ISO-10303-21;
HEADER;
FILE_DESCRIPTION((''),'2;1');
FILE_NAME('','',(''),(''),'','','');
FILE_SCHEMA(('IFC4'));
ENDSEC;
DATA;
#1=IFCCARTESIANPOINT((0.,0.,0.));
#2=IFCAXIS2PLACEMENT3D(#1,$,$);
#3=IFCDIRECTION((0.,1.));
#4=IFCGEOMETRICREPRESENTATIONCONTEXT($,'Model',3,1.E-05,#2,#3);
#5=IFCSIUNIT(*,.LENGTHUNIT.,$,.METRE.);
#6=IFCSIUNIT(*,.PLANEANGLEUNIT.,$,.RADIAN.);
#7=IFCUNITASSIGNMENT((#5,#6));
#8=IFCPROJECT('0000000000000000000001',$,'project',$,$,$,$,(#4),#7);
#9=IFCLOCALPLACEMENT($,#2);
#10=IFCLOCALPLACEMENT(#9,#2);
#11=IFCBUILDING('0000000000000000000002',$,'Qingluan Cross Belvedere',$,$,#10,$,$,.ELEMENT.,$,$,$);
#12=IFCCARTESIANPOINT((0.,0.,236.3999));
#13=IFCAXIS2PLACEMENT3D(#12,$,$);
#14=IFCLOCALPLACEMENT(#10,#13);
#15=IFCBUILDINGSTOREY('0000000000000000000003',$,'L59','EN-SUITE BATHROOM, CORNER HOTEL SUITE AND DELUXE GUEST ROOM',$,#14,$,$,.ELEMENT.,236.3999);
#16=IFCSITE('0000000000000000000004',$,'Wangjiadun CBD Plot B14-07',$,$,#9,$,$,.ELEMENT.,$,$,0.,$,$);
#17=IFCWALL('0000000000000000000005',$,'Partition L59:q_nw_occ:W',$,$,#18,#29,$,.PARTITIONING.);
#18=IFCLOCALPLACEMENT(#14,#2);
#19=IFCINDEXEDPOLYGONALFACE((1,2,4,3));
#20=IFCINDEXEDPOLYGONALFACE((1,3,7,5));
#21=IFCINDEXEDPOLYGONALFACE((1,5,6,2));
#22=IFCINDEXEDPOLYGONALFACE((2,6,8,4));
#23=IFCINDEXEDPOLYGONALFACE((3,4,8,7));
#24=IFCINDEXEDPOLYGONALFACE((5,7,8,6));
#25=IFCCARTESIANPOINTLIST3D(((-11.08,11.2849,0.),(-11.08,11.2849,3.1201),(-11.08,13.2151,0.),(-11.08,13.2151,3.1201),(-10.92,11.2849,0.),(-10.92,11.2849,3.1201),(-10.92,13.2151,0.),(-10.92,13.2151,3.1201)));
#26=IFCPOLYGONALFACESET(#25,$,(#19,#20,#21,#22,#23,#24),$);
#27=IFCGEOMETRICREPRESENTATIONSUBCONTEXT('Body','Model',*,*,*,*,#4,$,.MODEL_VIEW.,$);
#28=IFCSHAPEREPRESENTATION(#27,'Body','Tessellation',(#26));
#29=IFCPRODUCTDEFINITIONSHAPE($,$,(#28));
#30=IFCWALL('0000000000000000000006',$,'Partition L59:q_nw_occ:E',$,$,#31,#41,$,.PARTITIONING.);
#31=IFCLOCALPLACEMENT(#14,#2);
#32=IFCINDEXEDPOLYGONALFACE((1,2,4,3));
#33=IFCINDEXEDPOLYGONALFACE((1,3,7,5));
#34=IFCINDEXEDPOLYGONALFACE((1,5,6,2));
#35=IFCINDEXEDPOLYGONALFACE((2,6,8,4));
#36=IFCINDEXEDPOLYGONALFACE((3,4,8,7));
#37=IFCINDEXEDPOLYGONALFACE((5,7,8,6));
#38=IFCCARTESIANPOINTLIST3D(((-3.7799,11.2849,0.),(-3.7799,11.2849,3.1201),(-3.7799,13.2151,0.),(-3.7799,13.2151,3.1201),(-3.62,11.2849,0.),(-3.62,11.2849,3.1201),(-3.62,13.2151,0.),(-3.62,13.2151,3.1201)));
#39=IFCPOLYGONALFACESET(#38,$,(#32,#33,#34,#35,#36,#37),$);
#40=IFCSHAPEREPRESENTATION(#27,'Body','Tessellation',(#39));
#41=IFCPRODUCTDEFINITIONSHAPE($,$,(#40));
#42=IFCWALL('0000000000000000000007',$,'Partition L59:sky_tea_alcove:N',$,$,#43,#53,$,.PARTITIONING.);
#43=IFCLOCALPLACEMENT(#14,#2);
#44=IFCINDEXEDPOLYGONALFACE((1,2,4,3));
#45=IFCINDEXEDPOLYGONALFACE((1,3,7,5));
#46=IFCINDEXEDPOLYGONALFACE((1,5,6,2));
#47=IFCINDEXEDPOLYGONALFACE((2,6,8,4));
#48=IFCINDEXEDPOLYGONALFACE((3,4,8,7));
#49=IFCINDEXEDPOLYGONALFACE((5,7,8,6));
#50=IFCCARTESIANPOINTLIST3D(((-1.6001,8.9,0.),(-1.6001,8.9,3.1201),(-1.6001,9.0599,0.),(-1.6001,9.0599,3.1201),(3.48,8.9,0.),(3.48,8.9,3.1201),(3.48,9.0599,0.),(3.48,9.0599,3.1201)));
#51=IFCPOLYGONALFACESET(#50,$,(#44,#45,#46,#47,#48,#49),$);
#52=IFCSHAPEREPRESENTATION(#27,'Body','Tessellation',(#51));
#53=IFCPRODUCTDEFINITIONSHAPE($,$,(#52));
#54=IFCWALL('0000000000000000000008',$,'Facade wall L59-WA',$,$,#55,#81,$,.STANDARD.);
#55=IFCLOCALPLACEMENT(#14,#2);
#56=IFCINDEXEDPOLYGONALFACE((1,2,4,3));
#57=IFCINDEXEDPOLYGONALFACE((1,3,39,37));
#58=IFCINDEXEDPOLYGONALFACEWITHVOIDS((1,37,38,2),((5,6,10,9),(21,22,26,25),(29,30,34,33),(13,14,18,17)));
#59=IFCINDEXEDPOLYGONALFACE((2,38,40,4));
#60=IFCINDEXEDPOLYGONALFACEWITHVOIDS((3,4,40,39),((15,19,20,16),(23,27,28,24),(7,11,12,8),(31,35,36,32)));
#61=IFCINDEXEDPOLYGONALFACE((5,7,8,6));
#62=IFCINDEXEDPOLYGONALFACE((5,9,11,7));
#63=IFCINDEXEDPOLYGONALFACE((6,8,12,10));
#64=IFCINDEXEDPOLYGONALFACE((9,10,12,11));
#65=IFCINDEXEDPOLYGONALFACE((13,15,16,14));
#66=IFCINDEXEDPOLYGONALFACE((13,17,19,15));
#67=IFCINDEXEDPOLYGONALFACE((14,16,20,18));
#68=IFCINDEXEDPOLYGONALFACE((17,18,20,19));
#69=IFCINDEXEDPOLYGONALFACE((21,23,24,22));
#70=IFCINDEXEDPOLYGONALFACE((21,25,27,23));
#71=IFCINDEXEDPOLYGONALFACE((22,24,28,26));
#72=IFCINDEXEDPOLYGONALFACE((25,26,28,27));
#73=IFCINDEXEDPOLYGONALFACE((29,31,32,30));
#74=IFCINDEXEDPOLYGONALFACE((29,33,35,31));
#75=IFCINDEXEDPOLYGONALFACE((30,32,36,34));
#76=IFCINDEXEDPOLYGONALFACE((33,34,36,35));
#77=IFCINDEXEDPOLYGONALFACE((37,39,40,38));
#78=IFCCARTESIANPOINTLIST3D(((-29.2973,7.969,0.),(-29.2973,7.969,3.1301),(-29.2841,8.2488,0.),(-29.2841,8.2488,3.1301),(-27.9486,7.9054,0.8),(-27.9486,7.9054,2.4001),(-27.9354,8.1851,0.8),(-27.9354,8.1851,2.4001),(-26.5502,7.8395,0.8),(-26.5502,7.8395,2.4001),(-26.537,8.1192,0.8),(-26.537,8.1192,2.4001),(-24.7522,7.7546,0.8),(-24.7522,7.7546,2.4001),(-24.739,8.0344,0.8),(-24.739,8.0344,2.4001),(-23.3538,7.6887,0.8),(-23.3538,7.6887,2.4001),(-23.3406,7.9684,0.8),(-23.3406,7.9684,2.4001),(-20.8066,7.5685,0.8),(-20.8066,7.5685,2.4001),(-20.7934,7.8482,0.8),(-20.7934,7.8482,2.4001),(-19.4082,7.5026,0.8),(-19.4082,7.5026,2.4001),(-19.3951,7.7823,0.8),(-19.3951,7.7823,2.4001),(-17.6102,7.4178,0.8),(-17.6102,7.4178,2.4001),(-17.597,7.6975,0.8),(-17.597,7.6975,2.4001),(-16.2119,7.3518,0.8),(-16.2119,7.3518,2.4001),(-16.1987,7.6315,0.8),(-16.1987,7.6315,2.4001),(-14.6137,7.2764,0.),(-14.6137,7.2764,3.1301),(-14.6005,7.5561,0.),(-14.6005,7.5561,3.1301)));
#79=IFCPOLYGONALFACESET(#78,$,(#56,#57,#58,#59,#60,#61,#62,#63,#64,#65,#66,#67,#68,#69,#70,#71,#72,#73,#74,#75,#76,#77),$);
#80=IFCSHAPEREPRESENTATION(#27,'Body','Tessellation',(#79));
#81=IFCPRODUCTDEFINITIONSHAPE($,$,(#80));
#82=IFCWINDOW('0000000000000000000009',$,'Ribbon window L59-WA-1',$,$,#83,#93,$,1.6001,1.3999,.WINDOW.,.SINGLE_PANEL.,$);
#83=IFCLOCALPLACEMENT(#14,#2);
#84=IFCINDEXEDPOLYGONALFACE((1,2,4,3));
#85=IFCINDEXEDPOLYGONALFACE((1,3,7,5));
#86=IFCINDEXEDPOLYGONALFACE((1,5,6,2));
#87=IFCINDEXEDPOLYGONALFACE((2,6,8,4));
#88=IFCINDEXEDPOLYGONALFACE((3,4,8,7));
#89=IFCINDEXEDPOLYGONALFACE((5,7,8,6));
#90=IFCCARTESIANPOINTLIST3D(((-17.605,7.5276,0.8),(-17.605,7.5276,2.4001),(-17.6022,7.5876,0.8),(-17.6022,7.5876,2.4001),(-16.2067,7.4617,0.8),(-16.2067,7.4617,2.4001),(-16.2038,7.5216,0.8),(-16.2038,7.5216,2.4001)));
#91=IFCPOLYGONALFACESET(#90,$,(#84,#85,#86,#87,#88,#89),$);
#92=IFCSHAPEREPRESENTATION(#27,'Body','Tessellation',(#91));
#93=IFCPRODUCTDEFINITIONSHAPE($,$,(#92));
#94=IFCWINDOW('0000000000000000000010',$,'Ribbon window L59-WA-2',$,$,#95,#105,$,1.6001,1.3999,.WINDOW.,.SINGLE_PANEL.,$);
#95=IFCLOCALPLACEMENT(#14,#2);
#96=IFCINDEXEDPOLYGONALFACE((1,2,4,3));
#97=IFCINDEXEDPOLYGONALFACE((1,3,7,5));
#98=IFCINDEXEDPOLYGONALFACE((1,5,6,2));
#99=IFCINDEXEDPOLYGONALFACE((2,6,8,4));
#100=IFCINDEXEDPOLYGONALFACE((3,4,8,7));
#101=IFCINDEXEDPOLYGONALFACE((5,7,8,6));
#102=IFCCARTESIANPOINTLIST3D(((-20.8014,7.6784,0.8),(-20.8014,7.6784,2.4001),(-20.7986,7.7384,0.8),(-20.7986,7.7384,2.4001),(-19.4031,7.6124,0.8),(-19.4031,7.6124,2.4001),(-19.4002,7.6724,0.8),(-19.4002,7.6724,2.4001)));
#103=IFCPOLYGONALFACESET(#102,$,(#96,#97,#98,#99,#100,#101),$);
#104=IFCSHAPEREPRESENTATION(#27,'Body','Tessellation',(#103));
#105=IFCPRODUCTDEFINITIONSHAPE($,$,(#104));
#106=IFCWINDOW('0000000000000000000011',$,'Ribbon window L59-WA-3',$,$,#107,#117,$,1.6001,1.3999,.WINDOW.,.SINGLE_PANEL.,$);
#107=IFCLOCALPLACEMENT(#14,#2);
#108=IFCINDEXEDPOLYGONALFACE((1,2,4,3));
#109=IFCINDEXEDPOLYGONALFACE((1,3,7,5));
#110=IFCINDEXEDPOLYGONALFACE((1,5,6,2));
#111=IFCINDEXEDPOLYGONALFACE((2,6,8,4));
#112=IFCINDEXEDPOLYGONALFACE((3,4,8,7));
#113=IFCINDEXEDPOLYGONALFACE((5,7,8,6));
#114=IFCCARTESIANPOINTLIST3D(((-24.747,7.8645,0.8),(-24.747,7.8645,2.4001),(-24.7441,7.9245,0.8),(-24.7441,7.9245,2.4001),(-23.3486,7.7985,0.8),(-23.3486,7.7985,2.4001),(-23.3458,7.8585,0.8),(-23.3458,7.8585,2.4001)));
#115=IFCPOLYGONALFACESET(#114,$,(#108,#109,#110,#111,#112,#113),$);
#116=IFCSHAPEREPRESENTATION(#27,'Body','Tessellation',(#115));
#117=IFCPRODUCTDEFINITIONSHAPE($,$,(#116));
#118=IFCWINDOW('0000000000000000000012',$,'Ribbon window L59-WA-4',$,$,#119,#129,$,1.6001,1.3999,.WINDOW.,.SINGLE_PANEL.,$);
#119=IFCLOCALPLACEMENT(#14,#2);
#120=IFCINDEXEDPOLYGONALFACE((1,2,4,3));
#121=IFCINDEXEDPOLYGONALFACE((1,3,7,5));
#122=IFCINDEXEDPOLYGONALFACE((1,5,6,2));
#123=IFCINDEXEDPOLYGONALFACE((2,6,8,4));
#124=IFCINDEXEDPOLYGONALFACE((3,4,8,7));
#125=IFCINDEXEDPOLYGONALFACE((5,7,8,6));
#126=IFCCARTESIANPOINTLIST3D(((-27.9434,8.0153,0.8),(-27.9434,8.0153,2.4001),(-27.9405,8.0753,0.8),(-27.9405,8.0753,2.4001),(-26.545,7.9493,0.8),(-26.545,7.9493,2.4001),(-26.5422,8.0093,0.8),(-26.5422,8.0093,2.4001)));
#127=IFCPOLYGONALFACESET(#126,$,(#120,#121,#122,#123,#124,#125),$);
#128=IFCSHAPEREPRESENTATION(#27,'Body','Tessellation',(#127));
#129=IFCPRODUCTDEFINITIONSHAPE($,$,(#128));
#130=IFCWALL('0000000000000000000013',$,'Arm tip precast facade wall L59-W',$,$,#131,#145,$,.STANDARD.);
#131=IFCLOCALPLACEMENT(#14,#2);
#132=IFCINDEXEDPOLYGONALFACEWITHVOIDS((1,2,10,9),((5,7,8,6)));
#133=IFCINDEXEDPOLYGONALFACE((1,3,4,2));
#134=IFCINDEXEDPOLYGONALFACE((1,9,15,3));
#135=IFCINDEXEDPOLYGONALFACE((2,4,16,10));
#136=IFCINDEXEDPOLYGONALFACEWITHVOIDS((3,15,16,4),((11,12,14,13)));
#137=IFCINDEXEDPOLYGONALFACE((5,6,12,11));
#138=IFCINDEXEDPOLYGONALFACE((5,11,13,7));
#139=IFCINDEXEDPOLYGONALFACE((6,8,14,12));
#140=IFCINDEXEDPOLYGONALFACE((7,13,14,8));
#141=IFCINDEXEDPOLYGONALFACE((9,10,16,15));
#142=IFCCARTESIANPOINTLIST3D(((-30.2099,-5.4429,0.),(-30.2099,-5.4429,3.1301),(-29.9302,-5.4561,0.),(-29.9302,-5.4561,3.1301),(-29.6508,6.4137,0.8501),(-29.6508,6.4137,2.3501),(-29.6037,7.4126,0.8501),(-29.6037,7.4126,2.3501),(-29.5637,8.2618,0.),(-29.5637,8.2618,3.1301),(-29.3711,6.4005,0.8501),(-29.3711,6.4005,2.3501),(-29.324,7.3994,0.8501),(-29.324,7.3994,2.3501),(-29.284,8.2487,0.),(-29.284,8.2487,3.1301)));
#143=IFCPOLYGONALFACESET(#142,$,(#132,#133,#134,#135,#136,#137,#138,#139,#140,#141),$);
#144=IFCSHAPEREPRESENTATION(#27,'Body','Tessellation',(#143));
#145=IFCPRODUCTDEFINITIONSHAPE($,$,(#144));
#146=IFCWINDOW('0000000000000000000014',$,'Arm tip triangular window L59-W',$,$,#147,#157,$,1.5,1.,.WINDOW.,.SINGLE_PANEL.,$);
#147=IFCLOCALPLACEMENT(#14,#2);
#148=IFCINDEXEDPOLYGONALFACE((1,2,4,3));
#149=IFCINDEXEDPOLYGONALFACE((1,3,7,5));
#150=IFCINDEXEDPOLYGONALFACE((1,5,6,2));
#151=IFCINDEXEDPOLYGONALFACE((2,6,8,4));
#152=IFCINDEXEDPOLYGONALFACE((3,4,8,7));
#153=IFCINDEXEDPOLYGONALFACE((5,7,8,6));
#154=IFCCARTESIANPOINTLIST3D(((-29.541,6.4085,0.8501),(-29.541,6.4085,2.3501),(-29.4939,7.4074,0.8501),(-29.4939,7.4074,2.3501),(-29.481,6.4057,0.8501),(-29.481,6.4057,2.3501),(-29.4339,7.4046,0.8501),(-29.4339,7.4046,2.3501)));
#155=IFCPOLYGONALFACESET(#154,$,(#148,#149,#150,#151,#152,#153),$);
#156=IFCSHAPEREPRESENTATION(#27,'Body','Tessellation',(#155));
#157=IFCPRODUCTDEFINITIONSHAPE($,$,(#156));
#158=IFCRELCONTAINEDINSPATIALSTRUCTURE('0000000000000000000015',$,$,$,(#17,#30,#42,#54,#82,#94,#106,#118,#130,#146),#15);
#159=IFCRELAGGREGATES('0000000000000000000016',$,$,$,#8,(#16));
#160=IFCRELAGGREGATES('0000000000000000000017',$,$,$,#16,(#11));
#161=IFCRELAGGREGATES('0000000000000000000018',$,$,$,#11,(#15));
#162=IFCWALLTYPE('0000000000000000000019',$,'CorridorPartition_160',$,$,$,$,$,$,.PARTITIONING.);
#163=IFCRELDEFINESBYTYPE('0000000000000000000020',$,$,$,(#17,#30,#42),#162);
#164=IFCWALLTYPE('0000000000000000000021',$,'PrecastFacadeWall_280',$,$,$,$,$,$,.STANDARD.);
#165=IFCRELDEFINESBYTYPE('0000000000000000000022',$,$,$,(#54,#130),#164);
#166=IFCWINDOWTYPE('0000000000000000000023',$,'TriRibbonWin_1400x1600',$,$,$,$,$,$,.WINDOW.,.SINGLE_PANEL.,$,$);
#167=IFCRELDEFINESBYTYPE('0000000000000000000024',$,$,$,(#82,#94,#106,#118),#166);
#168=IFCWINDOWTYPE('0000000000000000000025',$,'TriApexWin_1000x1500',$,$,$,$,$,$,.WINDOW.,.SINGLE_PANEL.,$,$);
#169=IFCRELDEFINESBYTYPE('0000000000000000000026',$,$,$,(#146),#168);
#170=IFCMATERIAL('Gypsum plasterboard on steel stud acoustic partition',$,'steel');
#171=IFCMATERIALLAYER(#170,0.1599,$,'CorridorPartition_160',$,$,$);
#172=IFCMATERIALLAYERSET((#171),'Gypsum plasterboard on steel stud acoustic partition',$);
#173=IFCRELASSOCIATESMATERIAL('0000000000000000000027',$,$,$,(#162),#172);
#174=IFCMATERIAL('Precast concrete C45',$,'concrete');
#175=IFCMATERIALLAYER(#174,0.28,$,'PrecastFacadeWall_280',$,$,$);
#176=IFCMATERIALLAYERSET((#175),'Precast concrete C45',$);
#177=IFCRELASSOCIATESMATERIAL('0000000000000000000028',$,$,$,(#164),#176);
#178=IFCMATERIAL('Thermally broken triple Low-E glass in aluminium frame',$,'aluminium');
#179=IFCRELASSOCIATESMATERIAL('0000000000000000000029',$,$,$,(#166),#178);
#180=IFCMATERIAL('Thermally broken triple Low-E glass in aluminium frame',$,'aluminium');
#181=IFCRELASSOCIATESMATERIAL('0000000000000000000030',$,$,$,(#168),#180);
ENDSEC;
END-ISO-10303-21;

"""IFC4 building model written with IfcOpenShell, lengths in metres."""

from ifc_helpers import new_model, si_unit, direction, frame, frame_2d, origin, place, context, subcontext, project, spatial, rectangle, extrude, material, layer, layer_set, type_object, element, fill, save


model = new_model("IFC4")

# Units and contexts
model_context = context("Model", 3, precision=1e-05, world=origin(), true_north=direction((0.0, 1.0)))
body_context = subcontext(model_context, "Body", "Model", "MODEL_VIEW")
ifc_project = project(units=[si_unit("LENGTHUNIT", "METRE"), si_unit("PLANEANGLEUNIT", "RADIAN")], contexts=[model_context])

# Site, building, storey
site_placement = place(None, origin())
site = spatial("IfcSite", under=ifc_project, at=site_placement, Name="Wangjiadun CBD Plot B14-07", CompositionType="ELEMENT", RefElevation=0.0)
building_placement = place(site_placement, origin())
building = spatial("IfcBuilding", under=site, at=building_placement, Name="Qingluan Cross Belvedere", CompositionType="ELEMENT")
storey_placement = place(building_placement, frame((0.0, 0.0, 236.3999)))
storey = spatial("IfcBuildingStorey", under=building, at=storey_placement, Name="L59", Description="EN-SUITE BATHROOM, CORNER HOTEL SUITE AND DELUXE GUEST ROOM", CompositionType="ELEMENT", Elevation=236.3999)

# Shared definitions
ifc_material_1 = material(Name="Gypsum plasterboard on steel stud acoustic partition", Category="steel")
ifc_layer_1 = layer(ifc_material_1, 0.1599, Name="CorridorPartition_160")
ifc_layer_set_1 = layer_set([ifc_layer_1], Name="Gypsum plasterboard on steel stud acoustic partition")
wall_type_1 = type_object("IfcWallType", Name="CorridorPartition_160", PredefinedType="PARTITIONING", material=ifc_layer_set_1)

# Walls
for number, where, z_axis, x_axis, name in (
    (1, (-11.0, 11.2849, 0.0), (0.0, 0.0, 1.0), (0.0, 1.0, 0.0), "Partition L59:q_nw_occ:W"),
    (2, (-3.7, 11.2849, 0.0), (0.0, 0.0, 1.0), (0.0, 1.0, 0.0), "Partition L59:q_nw_occ:E"),
):
    element("IfcWall", number, at=place(storey_placement, frame(where, z_axis=z_axis, x_axis=x_axis)), inside=storey, type_object=wall_type_1, Name=name, PredefinedType="PARTITIONING", context=body_context, shape_type="SweptSolid", body=[
        extrude(rectangle(XDim=1.9302, YDim=0.1599, at=frame_2d((0.9651, 0.0))), origin(), (0.0, 0.0, 1.0), 3.1201),
    ])
wall_1_placement = place(storey_placement, frame((-1.6001, 8.98, 0.0), z_axis=(0.0, 0.0, 1.0), x_axis=(1.0, 0.0, 0.0)))
element("IfcWall", 3, at=wall_1_placement, inside=storey, type_object=wall_type_1, Name="Partition L59:sky_tea_alcove:N", PredefinedType="PARTITIONING", context=body_context, shape_type="SweptSolid", body=[
    extrude(rectangle(XDim=5.0801, YDim=0.1599, at=frame_2d((2.54, 0.0))), origin(), (0.0, 0.0, 1.0), 3.1201),
])

# Wall, openings, windows
ifc_material_2 = material(Name="Precast concrete C45", Category="concrete")
ifc_layer_2 = layer(ifc_material_2, 0.28, Name="PrecastFacadeWall_280")
ifc_layer_set_2 = layer_set([ifc_layer_2], Name="Precast concrete C45")
wall_type_2 = type_object("IfcWallType", Name="PrecastFacadeWall_280", PredefinedType="STANDARD", material=ifc_layer_set_2)
wall_2_placement = place(storey_placement, frame((-14.6069, 7.4163, 0.0), z_axis=(0.0, 0.0, 1.0), x_axis=(-0.998889, 0.047118, 0.0)))
wall_2 = element("IfcWall", 4, at=wall_2_placement, inside=storey, type_object=wall_type_2, Name="Facade wall L59-WA", PredefinedType="STANDARD", context=body_context, shape_type="SweptSolid", body=[
    extrude(rectangle(XDim=14.7, YDim=0.28, at=frame_2d((7.3501, 0.0))), origin(), (0.0, 0.0, 1.0), 3.1301),
])
opening_1_placement = place(wall_2_placement, frame((1.6001, 0.0, 0.8)))
opening_1 = element("IfcOpeningElement", 5, at=opening_1_placement, cuts=wall_2, PredefinedType="OPENING", context=body_context, shape_type="SweptSolid", body=[
    extrude(rectangle(XDim=1.3999, YDim=1.6001, at=frame_2d((0.7, 0.8))), frame((0.0, 0.1499, 0.0), z_axis=(0.0, -1.0, 0.0), x_axis=(1.0, 0.0, 0.0)), (0.0, 0.0, 1.0), 0.3),
])
opening_2_placement = place(wall_2_placement, frame((4.8, 0.0, 0.8)))
opening_2 = element("IfcOpeningElement", 6, at=opening_2_placement, cuts=wall_2, PredefinedType="OPENING", context=body_context, shape_type="SweptSolid", body=[
    extrude(rectangle(XDim=1.3999, YDim=1.6001, at=frame_2d((0.7, 0.8))), frame((0.0, 0.1499, 0.0), z_axis=(0.0, -1.0, 0.0), x_axis=(1.0, 0.0, 0.0)), (0.0, 0.0, 1.0), 0.3),
])
opening_3_placement = place(wall_2_placement, frame((8.75, 0.0, 0.8)))
opening_3 = element("IfcOpeningElement", 7, at=opening_3_placement, cuts=wall_2, PredefinedType="OPENING", context=body_context, shape_type="SweptSolid", body=[
    extrude(rectangle(XDim=1.3999, YDim=1.6001, at=frame_2d((0.7, 0.8))), frame((0.0, 0.1499, 0.0), z_axis=(0.0, -1.0, 0.0), x_axis=(1.0, 0.0, 0.0)), (0.0, 0.0, 1.0), 0.3),
])
opening_4_placement = place(wall_2_placement, frame((11.95, 0.0, 0.8)))
opening_4 = element("IfcOpeningElement", 8, at=opening_4_placement, cuts=wall_2, PredefinedType="OPENING", context=body_context, shape_type="SweptSolid", body=[
    extrude(rectangle(XDim=1.3999, YDim=1.6001, at=frame_2d((0.7, 0.8))), frame((0.0, 0.1499, 0.0), z_axis=(0.0, -1.0, 0.0), x_axis=(1.0, 0.0, 0.0)), (0.0, 0.0, 1.0), 0.3),
])
ifc_material_3 = material(Name="Thermally broken triple Low-E glass in aluminium frame", Category="aluminium")
window_type_1 = type_object("IfcWindowType", Name="TriRibbonWin_1400x1600", PartitioningType="SINGLE_PANEL", PredefinedType="WINDOW", material=ifc_material_3)
window_1_placement = place(opening_1_placement, origin())
window_1 = element("IfcWindow", 9, at=window_1_placement, inside=storey, type_object=window_type_1, Name="Ribbon window L59-WA-1", OverallHeight=1.6001, OverallWidth=1.3999, PartitioningType="SINGLE_PANEL", PredefinedType="WINDOW", context=body_context, shape_type="SweptSolid", body=[
    extrude(rectangle(XDim=1.3999, YDim=1.6001, at=frame_2d((0.7, 0.8))), frame((0.0, 0.03, 0.0), z_axis=(0.0, -1.0, 0.0), x_axis=(1.0, 0.0, 0.0)), (0.0, 0.0, 1.0), 0.0601),
])
fill(opening_1, window_1)
window_2_placement = place(opening_2_placement, origin())
window_2 = element("IfcWindow", 10, at=window_2_placement, inside=storey, type_object=window_type_1, Name="Ribbon window L59-WA-2", OverallHeight=1.6001, OverallWidth=1.3999, PartitioningType="SINGLE_PANEL", PredefinedType="WINDOW", context=body_context, shape_type="SweptSolid", body=[
    extrude(rectangle(XDim=1.3999, YDim=1.6001, at=frame_2d((0.7, 0.8))), frame((0.0, 0.03, 0.0), z_axis=(0.0, -1.0, 0.0), x_axis=(1.0, 0.0, 0.0)), (0.0, 0.0, 1.0), 0.0601),
])
fill(opening_2, window_2)
window_3_placement = place(opening_3_placement, origin())
window_3 = element("IfcWindow", 11, at=window_3_placement, inside=storey, type_object=window_type_1, Name="Ribbon window L59-WA-3", OverallHeight=1.6001, OverallWidth=1.3999, PartitioningType="SINGLE_PANEL", PredefinedType="WINDOW", context=body_context, shape_type="SweptSolid", body=[
    extrude(rectangle(XDim=1.3999, YDim=1.6001, at=frame_2d((0.7, 0.8))), frame((0.0, 0.03, 0.0), z_axis=(0.0, -1.0, 0.0), x_axis=(1.0, 0.0, 0.0)), (0.0, 0.0, 1.0), 0.0601),
])
fill(opening_3, window_3)
window_4_placement = place(opening_4_placement, origin())
window_4 = element("IfcWindow", 12, at=window_4_placement, inside=storey, type_object=window_type_1, Name="Ribbon window L59-WA-4", OverallHeight=1.6001, OverallWidth=1.3999, PartitioningType="SINGLE_PANEL", PredefinedType="WINDOW", context=body_context, shape_type="SweptSolid", body=[
    extrude(rectangle(XDim=1.3999, YDim=1.6001, at=frame_2d((0.7, 0.8))), frame((0.0, 0.03, 0.0), z_axis=(0.0, -1.0, 0.0), x_axis=(1.0, 0.0, 0.0)), (0.0, 0.0, 1.0), 0.0601),
])
fill(opening_4, window_4)

# Wall, opening, window
wall_3_placement = place(storey_placement, frame((-29.4238, 8.2551, 0.0), z_axis=(0.0, 0.0, 1.0), x_axis=(-0.047102, -0.99889, 0.0)))
wall_3 = element("IfcWall", 13, at=wall_3_placement, inside=storey, type_object=wall_type_2, Name="Arm tip precast facade wall L59-W", PredefinedType="STANDARD", context=body_context, shape_type="SweptSolid", body=[
    extrude(rectangle(XDim=13.72, YDim=0.28, at=frame_2d((6.8599, 0.0))), origin(), (0.0, 0.0, 1.0), 3.1301),
])
opening_5_placement = place(wall_3_placement, frame((0.8501, 0.0, 0.8501)))
opening_5 = element("IfcOpeningElement", 14, at=opening_5_placement, cuts=wall_3, PredefinedType="OPENING", context=body_context, shape_type="SweptSolid", body=[
    extrude(rectangle(XDim=1.0, YDim=1.5, at=frame_2d((0.5, 0.75))), frame((0.0, 0.1499, 0.0), z_axis=(0.0, -1.0, 0.0), x_axis=(1.0, 0.0, 0.0)), (0.0, 0.0, 1.0), 0.3),
])
ifc_material_4 = material(Name="Thermally broken triple Low-E glass in aluminium frame", Category="aluminium")
window_type_2 = type_object("IfcWindowType", Name="TriApexWin_1000x1500", PartitioningType="SINGLE_PANEL", PredefinedType="WINDOW", material=ifc_material_4)
window_5_placement = place(opening_5_placement, origin())
window_5 = element("IfcWindow", 15, at=window_5_placement, inside=storey, type_object=window_type_2, Name="Arm tip triangular window L59-W", OverallHeight=1.5, OverallWidth=1.0, PartitioningType="SINGLE_PANEL", PredefinedType="WINDOW", context=body_context, shape_type="SweptSolid", body=[
    extrude(rectangle(XDim=1.0, YDim=1.5, at=frame_2d((0.5, 0.75))), frame((0.0, 0.03, 0.0), z_axis=(0.0, -1.0, 0.0), x_axis=(1.0, 0.0, 0.0)), (0.0, 0.0, 1.0), 0.0601),
])
fill(opening_5, window_5)

save(model, "model.ifc")
